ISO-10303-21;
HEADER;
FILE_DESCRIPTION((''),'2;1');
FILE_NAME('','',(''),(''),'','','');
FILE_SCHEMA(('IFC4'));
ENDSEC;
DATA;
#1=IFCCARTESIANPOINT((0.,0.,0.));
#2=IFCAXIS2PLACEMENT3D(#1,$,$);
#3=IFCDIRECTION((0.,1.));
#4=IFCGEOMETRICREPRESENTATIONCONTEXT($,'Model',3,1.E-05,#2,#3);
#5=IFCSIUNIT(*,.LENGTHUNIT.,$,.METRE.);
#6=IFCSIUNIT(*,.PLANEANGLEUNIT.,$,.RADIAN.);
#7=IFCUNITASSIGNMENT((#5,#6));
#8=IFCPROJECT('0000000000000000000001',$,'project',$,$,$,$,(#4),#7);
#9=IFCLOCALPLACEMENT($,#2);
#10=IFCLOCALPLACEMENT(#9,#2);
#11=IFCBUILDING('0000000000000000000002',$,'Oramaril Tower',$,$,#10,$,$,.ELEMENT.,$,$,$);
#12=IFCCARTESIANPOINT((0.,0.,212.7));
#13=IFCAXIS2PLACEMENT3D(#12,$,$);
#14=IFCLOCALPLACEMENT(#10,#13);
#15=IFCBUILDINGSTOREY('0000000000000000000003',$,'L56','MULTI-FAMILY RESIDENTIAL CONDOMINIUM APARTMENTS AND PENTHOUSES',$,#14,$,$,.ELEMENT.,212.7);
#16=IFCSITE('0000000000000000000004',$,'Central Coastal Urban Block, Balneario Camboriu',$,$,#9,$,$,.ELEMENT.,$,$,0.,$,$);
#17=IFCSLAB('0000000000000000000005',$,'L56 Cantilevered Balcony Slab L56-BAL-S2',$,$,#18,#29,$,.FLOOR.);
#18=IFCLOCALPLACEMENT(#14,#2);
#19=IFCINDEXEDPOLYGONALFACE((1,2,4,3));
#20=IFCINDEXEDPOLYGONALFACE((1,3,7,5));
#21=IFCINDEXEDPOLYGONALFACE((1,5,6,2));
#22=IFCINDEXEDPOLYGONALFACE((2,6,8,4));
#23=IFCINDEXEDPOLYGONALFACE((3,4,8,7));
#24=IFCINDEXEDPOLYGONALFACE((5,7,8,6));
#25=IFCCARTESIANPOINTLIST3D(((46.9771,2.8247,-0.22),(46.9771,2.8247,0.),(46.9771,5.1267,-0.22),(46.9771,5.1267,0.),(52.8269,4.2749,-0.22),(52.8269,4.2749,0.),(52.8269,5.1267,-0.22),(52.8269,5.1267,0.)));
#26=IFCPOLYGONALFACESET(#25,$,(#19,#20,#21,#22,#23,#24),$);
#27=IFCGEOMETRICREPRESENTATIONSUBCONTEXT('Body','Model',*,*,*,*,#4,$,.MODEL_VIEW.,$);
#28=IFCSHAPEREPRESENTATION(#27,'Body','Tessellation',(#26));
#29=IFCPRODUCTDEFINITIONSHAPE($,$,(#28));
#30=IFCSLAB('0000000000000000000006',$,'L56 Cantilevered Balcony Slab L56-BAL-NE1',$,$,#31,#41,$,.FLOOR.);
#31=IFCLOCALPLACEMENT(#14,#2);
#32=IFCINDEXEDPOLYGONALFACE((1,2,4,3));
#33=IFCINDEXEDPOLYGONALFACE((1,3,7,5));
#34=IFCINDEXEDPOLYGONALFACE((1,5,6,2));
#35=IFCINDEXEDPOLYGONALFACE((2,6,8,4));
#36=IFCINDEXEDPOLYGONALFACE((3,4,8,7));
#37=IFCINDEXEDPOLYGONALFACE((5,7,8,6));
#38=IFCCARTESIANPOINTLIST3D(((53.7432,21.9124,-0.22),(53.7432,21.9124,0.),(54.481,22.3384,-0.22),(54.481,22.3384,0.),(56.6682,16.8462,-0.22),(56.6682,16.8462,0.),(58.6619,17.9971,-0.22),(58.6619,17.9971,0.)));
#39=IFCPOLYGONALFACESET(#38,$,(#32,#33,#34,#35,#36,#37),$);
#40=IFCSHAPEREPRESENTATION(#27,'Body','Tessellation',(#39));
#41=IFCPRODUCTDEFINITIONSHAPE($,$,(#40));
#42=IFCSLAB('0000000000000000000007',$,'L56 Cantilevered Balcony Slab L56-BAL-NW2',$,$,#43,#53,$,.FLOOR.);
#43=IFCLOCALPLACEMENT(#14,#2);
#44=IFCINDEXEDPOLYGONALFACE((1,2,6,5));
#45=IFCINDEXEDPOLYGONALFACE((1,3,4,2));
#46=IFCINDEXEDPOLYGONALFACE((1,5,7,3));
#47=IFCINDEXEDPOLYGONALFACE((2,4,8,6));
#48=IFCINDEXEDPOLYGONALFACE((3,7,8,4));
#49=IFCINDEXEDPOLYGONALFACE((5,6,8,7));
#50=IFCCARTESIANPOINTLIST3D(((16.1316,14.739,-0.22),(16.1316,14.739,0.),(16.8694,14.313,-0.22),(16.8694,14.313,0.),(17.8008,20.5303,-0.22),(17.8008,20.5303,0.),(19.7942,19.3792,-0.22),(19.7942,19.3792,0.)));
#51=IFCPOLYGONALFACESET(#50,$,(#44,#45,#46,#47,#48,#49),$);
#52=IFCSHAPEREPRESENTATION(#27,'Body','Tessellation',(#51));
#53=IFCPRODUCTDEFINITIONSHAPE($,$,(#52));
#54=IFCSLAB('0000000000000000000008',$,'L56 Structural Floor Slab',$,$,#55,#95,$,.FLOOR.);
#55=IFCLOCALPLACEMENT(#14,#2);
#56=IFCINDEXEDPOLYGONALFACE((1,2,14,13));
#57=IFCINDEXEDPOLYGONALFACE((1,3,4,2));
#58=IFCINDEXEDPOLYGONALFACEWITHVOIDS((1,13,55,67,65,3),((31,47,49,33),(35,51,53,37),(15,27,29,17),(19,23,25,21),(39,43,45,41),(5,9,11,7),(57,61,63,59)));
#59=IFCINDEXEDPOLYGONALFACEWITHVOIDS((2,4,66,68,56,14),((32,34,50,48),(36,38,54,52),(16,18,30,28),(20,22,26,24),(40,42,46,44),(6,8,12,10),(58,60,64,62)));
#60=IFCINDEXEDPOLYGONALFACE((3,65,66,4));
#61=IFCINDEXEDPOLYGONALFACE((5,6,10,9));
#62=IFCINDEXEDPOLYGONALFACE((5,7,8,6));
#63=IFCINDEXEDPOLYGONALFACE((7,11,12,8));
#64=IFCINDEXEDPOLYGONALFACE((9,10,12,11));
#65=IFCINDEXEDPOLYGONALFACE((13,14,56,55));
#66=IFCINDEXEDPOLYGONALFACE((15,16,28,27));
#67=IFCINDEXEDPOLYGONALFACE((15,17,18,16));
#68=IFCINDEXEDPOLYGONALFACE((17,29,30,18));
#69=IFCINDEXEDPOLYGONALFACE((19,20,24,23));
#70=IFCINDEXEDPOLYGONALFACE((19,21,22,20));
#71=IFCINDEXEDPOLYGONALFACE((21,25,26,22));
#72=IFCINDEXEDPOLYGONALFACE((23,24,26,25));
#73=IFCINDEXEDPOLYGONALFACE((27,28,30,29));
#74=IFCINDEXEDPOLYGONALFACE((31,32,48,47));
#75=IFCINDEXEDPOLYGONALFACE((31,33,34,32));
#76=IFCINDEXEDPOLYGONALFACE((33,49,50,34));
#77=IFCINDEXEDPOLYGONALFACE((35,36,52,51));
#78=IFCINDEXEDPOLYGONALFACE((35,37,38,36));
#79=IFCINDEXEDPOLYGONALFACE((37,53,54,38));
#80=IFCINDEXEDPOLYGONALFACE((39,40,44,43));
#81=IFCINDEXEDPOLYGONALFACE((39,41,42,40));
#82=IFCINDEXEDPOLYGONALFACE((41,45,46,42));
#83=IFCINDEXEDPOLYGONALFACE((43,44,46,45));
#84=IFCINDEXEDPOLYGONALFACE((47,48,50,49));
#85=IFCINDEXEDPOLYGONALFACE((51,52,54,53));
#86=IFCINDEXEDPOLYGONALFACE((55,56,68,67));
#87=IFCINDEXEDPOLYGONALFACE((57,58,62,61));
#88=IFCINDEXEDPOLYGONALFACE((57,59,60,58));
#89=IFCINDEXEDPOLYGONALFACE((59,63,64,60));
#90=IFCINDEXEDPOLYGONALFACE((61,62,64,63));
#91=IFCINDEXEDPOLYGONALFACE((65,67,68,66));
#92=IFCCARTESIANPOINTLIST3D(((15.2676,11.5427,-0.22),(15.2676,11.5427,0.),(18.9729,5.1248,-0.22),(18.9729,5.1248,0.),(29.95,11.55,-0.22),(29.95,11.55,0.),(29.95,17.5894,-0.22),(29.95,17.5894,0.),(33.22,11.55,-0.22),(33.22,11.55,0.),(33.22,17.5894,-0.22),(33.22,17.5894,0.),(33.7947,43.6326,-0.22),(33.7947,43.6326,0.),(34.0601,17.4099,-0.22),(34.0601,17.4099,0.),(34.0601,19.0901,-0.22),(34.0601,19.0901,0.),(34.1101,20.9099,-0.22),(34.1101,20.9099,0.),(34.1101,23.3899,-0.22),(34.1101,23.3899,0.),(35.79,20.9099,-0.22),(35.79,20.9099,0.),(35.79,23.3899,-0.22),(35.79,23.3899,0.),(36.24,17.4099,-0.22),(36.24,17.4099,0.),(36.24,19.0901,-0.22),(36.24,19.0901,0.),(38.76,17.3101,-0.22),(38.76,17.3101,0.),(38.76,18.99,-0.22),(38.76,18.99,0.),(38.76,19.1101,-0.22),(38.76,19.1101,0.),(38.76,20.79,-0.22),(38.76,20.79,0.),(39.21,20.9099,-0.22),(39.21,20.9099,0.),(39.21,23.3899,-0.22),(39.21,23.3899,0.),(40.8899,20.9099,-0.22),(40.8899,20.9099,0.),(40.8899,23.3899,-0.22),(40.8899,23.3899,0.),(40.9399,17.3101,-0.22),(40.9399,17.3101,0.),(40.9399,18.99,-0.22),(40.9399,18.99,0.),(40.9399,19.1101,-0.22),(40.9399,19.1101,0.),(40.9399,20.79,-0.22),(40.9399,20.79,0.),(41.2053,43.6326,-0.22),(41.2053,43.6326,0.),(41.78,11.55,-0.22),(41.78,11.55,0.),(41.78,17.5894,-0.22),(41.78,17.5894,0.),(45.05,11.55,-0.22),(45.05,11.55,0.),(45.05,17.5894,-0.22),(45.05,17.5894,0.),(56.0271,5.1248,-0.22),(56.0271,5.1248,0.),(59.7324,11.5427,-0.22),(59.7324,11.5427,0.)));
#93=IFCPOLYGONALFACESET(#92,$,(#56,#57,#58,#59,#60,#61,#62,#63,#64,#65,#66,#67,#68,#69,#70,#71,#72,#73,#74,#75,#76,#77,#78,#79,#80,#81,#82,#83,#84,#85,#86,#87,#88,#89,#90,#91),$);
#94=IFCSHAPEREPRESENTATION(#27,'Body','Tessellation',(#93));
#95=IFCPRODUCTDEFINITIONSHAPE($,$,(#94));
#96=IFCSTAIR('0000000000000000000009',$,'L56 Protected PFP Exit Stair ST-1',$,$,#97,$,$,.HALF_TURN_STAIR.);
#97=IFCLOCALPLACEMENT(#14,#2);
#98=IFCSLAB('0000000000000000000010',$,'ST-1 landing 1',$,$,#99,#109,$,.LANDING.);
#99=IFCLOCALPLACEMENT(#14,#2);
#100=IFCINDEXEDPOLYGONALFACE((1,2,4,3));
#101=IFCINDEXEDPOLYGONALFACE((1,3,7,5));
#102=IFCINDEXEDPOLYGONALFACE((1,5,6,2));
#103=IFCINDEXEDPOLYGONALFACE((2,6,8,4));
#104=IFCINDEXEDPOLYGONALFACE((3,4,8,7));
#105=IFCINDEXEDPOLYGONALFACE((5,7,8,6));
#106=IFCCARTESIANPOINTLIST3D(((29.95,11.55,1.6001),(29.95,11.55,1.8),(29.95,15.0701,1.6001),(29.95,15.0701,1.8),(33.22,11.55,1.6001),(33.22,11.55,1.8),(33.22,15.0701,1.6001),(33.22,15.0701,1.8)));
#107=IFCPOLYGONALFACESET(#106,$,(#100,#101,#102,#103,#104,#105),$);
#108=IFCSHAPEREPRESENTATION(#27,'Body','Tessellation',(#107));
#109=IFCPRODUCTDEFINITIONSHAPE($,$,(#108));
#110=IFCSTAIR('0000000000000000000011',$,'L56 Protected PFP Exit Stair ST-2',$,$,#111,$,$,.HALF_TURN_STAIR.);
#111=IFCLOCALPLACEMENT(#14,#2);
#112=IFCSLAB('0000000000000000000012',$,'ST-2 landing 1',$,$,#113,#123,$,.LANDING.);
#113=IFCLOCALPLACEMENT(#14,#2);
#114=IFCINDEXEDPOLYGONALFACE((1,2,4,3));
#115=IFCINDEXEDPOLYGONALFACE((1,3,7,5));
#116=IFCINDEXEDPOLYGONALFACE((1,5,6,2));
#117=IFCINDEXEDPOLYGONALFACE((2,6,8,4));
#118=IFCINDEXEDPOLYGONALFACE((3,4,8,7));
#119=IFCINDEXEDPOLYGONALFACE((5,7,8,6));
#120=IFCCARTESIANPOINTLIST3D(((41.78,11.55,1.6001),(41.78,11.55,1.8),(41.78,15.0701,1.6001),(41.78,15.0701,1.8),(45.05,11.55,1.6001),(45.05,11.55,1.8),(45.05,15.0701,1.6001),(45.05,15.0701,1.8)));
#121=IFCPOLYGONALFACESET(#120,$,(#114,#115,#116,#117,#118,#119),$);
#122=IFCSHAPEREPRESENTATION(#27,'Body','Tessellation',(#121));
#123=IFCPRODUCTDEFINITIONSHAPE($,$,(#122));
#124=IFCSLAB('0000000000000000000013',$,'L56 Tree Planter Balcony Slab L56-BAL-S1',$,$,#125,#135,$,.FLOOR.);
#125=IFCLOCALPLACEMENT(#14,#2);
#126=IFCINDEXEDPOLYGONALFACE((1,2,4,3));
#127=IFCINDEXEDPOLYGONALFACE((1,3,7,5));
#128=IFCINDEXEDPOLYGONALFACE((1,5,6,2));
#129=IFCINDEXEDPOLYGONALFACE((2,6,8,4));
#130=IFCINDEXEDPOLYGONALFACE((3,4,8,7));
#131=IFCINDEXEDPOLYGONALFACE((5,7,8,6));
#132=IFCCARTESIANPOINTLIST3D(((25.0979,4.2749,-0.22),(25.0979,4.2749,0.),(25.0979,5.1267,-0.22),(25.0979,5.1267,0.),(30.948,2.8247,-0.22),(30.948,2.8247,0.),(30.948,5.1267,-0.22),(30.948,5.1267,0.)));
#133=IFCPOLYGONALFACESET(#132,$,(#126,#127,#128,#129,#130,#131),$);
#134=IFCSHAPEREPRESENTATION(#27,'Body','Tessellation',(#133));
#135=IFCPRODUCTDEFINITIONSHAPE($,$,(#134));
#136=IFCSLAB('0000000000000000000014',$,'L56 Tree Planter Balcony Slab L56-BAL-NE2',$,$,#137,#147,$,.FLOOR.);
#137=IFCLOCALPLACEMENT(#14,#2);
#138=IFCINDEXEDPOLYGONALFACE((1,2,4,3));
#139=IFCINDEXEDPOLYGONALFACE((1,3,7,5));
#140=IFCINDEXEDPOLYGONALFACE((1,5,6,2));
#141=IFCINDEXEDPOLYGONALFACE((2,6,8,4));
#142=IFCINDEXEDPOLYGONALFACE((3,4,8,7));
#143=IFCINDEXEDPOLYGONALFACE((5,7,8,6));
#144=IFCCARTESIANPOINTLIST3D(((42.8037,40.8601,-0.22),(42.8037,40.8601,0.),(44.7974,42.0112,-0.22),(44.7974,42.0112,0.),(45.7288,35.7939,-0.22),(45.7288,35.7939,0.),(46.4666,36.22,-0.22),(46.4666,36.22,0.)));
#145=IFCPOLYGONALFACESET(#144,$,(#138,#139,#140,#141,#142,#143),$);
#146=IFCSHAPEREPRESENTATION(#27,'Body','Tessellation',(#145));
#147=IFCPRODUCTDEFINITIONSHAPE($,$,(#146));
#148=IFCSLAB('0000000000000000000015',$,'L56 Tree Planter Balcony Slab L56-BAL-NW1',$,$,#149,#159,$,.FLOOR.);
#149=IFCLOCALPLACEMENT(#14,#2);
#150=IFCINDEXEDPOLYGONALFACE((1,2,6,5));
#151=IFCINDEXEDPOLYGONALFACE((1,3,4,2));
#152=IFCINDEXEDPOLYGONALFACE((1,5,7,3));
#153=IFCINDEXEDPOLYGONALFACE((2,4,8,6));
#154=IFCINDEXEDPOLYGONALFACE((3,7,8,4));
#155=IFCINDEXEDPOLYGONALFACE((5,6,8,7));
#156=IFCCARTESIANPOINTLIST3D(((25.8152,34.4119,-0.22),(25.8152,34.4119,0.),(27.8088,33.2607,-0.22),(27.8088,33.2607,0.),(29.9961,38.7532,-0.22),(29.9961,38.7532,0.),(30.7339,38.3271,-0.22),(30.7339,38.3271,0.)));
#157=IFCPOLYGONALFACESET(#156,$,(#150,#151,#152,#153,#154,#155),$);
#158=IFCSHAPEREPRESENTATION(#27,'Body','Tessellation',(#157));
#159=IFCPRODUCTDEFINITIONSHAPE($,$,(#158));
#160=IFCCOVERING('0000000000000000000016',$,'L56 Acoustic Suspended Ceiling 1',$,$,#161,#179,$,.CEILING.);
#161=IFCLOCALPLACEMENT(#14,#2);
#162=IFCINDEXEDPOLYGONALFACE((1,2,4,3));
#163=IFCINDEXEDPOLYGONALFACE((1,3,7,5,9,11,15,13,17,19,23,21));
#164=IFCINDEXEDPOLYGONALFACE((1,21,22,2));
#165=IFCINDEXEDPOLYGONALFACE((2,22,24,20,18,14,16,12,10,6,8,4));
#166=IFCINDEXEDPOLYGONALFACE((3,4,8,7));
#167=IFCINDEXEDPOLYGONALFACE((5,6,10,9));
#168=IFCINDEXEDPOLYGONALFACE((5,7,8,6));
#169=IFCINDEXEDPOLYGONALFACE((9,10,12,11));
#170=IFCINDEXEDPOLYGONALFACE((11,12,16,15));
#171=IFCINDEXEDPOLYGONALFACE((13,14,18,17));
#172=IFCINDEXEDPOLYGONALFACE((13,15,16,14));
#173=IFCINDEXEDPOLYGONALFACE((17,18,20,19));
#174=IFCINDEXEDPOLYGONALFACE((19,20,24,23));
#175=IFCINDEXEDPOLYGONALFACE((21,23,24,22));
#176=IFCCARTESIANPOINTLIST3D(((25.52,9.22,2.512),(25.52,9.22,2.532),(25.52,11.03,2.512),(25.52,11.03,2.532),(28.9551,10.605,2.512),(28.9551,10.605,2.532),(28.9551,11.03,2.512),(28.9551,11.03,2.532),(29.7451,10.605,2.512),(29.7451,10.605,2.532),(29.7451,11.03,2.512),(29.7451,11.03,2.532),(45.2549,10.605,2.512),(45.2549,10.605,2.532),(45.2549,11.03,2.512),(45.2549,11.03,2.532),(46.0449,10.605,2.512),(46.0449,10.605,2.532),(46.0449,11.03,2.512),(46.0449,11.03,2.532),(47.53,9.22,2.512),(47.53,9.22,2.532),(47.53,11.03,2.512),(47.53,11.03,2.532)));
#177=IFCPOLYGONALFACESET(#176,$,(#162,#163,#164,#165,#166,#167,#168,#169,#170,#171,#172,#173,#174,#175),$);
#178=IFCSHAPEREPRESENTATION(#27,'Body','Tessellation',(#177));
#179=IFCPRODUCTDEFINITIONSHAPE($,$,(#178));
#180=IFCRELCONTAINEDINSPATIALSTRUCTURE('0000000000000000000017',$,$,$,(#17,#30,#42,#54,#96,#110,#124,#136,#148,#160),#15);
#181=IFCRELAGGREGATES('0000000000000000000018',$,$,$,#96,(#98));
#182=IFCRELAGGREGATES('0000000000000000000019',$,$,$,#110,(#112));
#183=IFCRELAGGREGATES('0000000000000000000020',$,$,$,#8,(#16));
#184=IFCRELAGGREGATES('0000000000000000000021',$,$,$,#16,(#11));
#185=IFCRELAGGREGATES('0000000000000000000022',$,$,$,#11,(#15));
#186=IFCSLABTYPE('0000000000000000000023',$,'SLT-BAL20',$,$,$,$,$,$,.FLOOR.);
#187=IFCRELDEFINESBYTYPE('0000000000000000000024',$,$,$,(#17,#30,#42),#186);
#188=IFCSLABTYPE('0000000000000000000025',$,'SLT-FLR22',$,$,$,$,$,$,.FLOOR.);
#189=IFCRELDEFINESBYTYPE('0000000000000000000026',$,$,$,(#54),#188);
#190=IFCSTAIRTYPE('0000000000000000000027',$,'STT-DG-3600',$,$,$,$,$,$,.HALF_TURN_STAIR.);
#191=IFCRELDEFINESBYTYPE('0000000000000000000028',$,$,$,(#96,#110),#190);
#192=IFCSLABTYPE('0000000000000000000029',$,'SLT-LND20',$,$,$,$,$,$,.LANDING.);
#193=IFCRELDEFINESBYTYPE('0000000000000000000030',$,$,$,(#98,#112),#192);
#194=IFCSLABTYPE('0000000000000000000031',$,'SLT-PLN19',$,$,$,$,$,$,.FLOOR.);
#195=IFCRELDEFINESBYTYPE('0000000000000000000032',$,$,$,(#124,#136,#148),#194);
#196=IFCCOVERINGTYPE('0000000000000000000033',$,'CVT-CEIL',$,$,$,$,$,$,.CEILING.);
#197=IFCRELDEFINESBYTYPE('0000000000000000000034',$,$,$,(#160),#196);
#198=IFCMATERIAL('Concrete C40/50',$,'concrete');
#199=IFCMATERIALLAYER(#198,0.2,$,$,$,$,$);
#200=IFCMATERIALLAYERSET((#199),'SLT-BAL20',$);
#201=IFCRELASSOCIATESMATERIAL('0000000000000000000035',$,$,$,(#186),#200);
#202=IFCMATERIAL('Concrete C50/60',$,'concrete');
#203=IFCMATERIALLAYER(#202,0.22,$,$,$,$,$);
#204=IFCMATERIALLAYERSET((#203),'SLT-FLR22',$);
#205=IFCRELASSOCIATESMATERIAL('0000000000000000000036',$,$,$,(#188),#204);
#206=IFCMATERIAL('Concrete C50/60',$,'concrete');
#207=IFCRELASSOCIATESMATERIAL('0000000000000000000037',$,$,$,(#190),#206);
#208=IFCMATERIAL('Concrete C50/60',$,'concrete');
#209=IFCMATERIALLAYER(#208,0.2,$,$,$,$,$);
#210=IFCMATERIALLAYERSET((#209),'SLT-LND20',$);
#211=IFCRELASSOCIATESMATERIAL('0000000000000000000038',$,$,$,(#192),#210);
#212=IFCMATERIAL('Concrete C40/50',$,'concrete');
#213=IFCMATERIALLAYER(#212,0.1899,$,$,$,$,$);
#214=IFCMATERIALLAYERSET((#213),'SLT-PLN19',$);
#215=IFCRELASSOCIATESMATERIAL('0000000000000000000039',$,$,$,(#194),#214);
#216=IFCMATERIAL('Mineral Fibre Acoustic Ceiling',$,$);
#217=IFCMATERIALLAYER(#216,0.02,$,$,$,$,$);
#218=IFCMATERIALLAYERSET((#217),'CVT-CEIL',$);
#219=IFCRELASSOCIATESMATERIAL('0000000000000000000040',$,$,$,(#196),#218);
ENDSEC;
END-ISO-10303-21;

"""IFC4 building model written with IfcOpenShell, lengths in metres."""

from ifc_helpers import new_model, si_unit, direction, frame, origin, place, context, subcontext, project, spatial, polyline, outline, extrude, material, layer, layer_set, type_object, element, aggregate, save


model = new_model("IFC4")

# Units and contexts
model_context = context("Model", 3, precision=1e-05, world=origin(), true_north=direction((0.0, 1.0)))
body_context = subcontext(model_context, "Body", "Model", "MODEL_VIEW")
ifc_project = project(units=[si_unit("LENGTHUNIT", "METRE"), si_unit("PLANEANGLEUNIT", "RADIAN")], contexts=[model_context])

# Site, building, storey
site_placement = place(None, origin())
site = spatial("IfcSite", under=ifc_project, at=site_placement, Name="Central Coastal Urban Block, Balneario Camboriu", CompositionType="ELEMENT", RefElevation=0.0)
building_placement = place(site_placement, origin())
building = spatial("IfcBuilding", under=site, at=building_placement, Name="Oramaril Tower", CompositionType="ELEMENT")
storey_placement = place(building_placement, frame((0.0, 0.0, 212.7)))
storey = spatial("IfcBuildingStorey", under=building, at=storey_placement, Name="L56", Description="MULTI-FAMILY RESIDENTIAL CONDOMINIUM APARTMENTS AND PENTHOUSES", CompositionType="ELEMENT", Elevation=212.7)

# Slabs
ifc_material_1 = material(Name="Concrete C40/50", Category="concrete")
ifc_layer_1 = layer(ifc_material_1, 0.2)
ifc_layer_set_1 = layer_set([ifc_layer_1], Name="SLT-BAL20")
slab_type_1 = type_object("IfcSlabType", Name="SLT-BAL20", PredefinedType="FLOOR", material=ifc_layer_set_1)
slab_1_placement = place(storey_placement, frame((0.0, 0.0, -0.22)))
element("IfcSlab", 1, at=slab_1_placement, inside=storey, type_object=slab_type_1, Name="L56 Cantilevered Balcony Slab L56-BAL-S2", PredefinedType="FLOOR", context=body_context, shape_type="SweptSolid", body=[
    extrude(outline(polyline([(46.9771, 5.1267), (52.8269, 5.1267), (52.8269, 4.2749), (46.9771, 2.8247), (46.9771, 5.1267)])), origin(), (0.0, 0.0, 1.0), 0.22),
])
slab_2_placement = place(storey_placement, frame((0.0, 0.0, -0.22)))
element("IfcSlab", 2, at=slab_2_placement, inside=storey, type_object=slab_type_1, Name="L56 Cantilevered Balcony Slab L56-BAL-NE1", PredefinedType="FLOOR", context=body_context, shape_type="SweptSolid", body=[
    extrude(outline(polyline([(56.6682, 16.8462), (53.7432, 21.9124), (54.481, 22.3384), (58.6619, 17.9971), (56.6682, 16.8462)])), origin(), (0.0, 0.0, 1.0), 0.22),
])
slab_3_placement = place(storey_placement, frame((0.0, 0.0, -0.22)))
element("IfcSlab", 3, at=slab_3_placement, inside=storey, type_object=slab_type_1, Name="L56 Cantilevered Balcony Slab L56-BAL-NW2", PredefinedType="FLOOR", context=body_context, shape_type="SweptSolid", body=[
    extrude(outline(polyline([(19.7942, 19.3792), (16.8694, 14.313), (16.1316, 14.739), (17.8008, 20.5303), (19.7942, 19.3792)])), origin(), (0.0, 0.0, 1.0), 0.22),
])
ifc_material_2 = material(Name="Concrete C50/60", Category="concrete")
ifc_layer_2 = layer(ifc_material_2, 0.22)
ifc_layer_set_2 = layer_set([ifc_layer_2], Name="SLT-FLR22")
slab_type_2 = type_object("IfcSlabType", Name="SLT-FLR22", PredefinedType="FLOOR", material=ifc_layer_set_2)
slab_4_placement = place(storey_placement, frame((0.0, 0.0, -0.22)))
element("IfcSlab", 4, at=slab_4_placement, inside=storey, type_object=slab_type_2, Name="L56 Structural Floor Slab", PredefinedType="FLOOR", context=body_context, shape_type="SweptSolid", body=[
    extrude(outline(polyline([(15.2676, 11.5427), (18.9729, 5.1248), (56.0271, 5.1248), (59.7324, 11.5427), (41.2053, 43.6326), (33.7947, 43.6326), (15.2676, 11.5427)]), holes=[polyline([(29.95, 17.5894), (29.95, 11.55), (33.22, 11.55), (33.22, 17.5894), (29.95, 17.5894)]), polyline([(41.78, 17.5894), (41.78, 11.55), (45.05, 11.55), (45.05, 17.5894), (41.78, 17.5894)]), polyline([(34.1101, 20.9099), (35.79, 20.9099), (35.79, 23.3899), (34.1101, 23.3899), (34.1101, 20.9099)]), polyline([(39.21, 20.9099), (40.8899, 20.9099), (40.8899, 23.3899), (39.21, 23.3899), (39.21, 20.9099)]), polyline([(34.0601, 17.4099), (36.24, 17.4099), (36.24, 19.0901), (34.0601, 19.0901), (34.0601, 17.4099)]), polyline([(38.76, 17.3101), (40.9399, 17.3101), (40.9399, 18.99), (38.76, 18.99), (38.76, 17.3101)]), polyline([(38.76, 19.1101), (40.9399, 19.1101), (40.9399, 20.79), (38.76, 20.79), (38.76, 19.1101)])]), origin(), (0.0, 0.0, 1.0), 0.22),
])

# Stairs, slabs
ifc_material_3 = material(Name="Concrete C50/60", Category="concrete")
stair_type = type_object("IfcStairType", Name="STT-DG-3600", PredefinedType="HALF_TURN_STAIR", material=ifc_material_3)
stair_1_placement = place(storey_placement, origin())
stair_1 = element("IfcStair", 5, at=stair_1_placement, inside=storey, type_object=stair_type, Name="L56 Protected PFP Exit Stair ST-1", PredefinedType="HALF_TURN_STAIR")
ifc_material_4 = material(Name="Concrete C50/60", Category="concrete")
ifc_layer_3 = layer(ifc_material_4, 0.2)
ifc_layer_set_3 = layer_set([ifc_layer_3], Name="SLT-LND20")
slab_type_3 = type_object("IfcSlabType", Name="SLT-LND20", PredefinedType="LANDING", material=ifc_layer_set_3)
slab_5_placement = place(storey_placement, frame((0.0, 0.0, 1.6001)))
slab_5 = element("IfcSlab", 6, at=slab_5_placement, type_object=slab_type_3, Name="ST-1 landing 1", PredefinedType="LANDING", context=body_context, shape_type="SweptSolid", body=[
    extrude(outline(polyline([(29.95, 15.0701), (29.95, 11.55), (33.22, 11.55), (33.22, 15.0701), (29.95, 15.0701)])), origin(), (0.0, 0.0, 1.0), 0.2),
])
aggregate(stair_1, [slab_5])
stair_2_placement = place(storey_placement, origin())
stair_2 = element("IfcStair", 7, at=stair_2_placement, inside=storey, type_object=stair_type, Name="L56 Protected PFP Exit Stair ST-2", PredefinedType="HALF_TURN_STAIR")
slab_6_placement = place(storey_placement, frame((0.0, 0.0, 1.6001)))
slab_6 = element("IfcSlab", 8, at=slab_6_placement, type_object=slab_type_3, Name="ST-2 landing 1", PredefinedType="LANDING", context=body_context, shape_type="SweptSolid", body=[
    extrude(outline(polyline([(41.78, 15.0701), (41.78, 11.55), (45.05, 11.55), (45.05, 15.0701), (41.78, 15.0701)])), origin(), (0.0, 0.0, 1.0), 0.2),
])
aggregate(stair_2, [slab_6])

# Slabs
ifc_material_5 = material(Name="Concrete C40/50", Category="concrete")
ifc_layer_4 = layer(ifc_material_5, 0.1899)
ifc_layer_set_4 = layer_set([ifc_layer_4], Name="SLT-PLN19")
slab_type_4 = type_object("IfcSlabType", Name="SLT-PLN19", PredefinedType="FLOOR", material=ifc_layer_set_4)
slab_7_placement = place(storey_placement, frame((0.0, 0.0, -0.22)))
element("IfcSlab", 9, at=slab_7_placement, inside=storey, type_object=slab_type_4, Name="L56 Tree Planter Balcony Slab L56-BAL-S1", PredefinedType="FLOOR", context=body_context, shape_type="SweptSolid", body=[
    extrude(outline(polyline([(25.0979, 5.1267), (30.948, 5.1267), (30.948, 2.8247), (25.0979, 4.2749), (25.0979, 5.1267)])), origin(), (0.0, 0.0, 1.0), 0.22),
])
slab_8_placement = place(storey_placement, frame((0.0, 0.0, -0.22)))
element("IfcSlab", 10, at=slab_8_placement, inside=storey, type_object=slab_type_4, Name="L56 Tree Planter Balcony Slab L56-BAL-NE2", PredefinedType="FLOOR", context=body_context, shape_type="SweptSolid", body=[
    extrude(outline(polyline([(45.7288, 35.7939), (42.8037, 40.8601), (44.7974, 42.0112), (46.4666, 36.22), (45.7288, 35.7939)])), origin(), (0.0, 0.0, 1.0), 0.22),
])
slab_9_placement = place(storey_placement, frame((0.0, 0.0, -0.22)))
element("IfcSlab", 11, at=slab_9_placement, inside=storey, type_object=slab_type_4, Name="L56 Tree Planter Balcony Slab L56-BAL-NW1", PredefinedType="FLOOR", context=body_context, shape_type="SweptSolid", body=[
    extrude(outline(polyline([(30.7339, 38.3271), (27.8088, 33.2607), (25.8152, 34.4119), (29.9961, 38.7532), (30.7339, 38.3271)])), origin(), (0.0, 0.0, 1.0), 0.22),
])

# Covering
ifc_material_6 = material(Name="Mineral Fibre Acoustic Ceiling")
ifc_layer_5 = layer(ifc_material_6, 0.02)
ifc_layer_set_5 = layer_set([ifc_layer_5], Name="CVT-CEIL")
covering_type_1 = type_object("IfcCoveringType", Name="CVT-CEIL", PredefinedType="CEILING", material=ifc_layer_set_5)
covering_1_placement = place(storey_placement, frame((0.0, 0.0, 2.512)))
element("IfcCovering", 12, at=covering_1_placement, inside=storey, type_object=covering_type_1, Name="L56 Acoustic Suspended Ceiling 1", PredefinedType="CEILING", context=body_context, shape_type="SweptSolid", body=[
    extrude(outline(polyline([(28.9551, 10.605), (29.7451, 10.605), (29.7451, 11.03), (45.2549, 11.03), (45.2549, 10.605), (46.0449, 10.605), (46.0449, 11.03), (47.53, 11.03), (47.53, 9.22), (25.52, 9.22), (25.52, 11.03), (28.9551, 11.03), (28.9551, 10.605)])), origin(), (0.0, 0.0, 1.0), 0.02),
])

save(model, "model.ifc")
